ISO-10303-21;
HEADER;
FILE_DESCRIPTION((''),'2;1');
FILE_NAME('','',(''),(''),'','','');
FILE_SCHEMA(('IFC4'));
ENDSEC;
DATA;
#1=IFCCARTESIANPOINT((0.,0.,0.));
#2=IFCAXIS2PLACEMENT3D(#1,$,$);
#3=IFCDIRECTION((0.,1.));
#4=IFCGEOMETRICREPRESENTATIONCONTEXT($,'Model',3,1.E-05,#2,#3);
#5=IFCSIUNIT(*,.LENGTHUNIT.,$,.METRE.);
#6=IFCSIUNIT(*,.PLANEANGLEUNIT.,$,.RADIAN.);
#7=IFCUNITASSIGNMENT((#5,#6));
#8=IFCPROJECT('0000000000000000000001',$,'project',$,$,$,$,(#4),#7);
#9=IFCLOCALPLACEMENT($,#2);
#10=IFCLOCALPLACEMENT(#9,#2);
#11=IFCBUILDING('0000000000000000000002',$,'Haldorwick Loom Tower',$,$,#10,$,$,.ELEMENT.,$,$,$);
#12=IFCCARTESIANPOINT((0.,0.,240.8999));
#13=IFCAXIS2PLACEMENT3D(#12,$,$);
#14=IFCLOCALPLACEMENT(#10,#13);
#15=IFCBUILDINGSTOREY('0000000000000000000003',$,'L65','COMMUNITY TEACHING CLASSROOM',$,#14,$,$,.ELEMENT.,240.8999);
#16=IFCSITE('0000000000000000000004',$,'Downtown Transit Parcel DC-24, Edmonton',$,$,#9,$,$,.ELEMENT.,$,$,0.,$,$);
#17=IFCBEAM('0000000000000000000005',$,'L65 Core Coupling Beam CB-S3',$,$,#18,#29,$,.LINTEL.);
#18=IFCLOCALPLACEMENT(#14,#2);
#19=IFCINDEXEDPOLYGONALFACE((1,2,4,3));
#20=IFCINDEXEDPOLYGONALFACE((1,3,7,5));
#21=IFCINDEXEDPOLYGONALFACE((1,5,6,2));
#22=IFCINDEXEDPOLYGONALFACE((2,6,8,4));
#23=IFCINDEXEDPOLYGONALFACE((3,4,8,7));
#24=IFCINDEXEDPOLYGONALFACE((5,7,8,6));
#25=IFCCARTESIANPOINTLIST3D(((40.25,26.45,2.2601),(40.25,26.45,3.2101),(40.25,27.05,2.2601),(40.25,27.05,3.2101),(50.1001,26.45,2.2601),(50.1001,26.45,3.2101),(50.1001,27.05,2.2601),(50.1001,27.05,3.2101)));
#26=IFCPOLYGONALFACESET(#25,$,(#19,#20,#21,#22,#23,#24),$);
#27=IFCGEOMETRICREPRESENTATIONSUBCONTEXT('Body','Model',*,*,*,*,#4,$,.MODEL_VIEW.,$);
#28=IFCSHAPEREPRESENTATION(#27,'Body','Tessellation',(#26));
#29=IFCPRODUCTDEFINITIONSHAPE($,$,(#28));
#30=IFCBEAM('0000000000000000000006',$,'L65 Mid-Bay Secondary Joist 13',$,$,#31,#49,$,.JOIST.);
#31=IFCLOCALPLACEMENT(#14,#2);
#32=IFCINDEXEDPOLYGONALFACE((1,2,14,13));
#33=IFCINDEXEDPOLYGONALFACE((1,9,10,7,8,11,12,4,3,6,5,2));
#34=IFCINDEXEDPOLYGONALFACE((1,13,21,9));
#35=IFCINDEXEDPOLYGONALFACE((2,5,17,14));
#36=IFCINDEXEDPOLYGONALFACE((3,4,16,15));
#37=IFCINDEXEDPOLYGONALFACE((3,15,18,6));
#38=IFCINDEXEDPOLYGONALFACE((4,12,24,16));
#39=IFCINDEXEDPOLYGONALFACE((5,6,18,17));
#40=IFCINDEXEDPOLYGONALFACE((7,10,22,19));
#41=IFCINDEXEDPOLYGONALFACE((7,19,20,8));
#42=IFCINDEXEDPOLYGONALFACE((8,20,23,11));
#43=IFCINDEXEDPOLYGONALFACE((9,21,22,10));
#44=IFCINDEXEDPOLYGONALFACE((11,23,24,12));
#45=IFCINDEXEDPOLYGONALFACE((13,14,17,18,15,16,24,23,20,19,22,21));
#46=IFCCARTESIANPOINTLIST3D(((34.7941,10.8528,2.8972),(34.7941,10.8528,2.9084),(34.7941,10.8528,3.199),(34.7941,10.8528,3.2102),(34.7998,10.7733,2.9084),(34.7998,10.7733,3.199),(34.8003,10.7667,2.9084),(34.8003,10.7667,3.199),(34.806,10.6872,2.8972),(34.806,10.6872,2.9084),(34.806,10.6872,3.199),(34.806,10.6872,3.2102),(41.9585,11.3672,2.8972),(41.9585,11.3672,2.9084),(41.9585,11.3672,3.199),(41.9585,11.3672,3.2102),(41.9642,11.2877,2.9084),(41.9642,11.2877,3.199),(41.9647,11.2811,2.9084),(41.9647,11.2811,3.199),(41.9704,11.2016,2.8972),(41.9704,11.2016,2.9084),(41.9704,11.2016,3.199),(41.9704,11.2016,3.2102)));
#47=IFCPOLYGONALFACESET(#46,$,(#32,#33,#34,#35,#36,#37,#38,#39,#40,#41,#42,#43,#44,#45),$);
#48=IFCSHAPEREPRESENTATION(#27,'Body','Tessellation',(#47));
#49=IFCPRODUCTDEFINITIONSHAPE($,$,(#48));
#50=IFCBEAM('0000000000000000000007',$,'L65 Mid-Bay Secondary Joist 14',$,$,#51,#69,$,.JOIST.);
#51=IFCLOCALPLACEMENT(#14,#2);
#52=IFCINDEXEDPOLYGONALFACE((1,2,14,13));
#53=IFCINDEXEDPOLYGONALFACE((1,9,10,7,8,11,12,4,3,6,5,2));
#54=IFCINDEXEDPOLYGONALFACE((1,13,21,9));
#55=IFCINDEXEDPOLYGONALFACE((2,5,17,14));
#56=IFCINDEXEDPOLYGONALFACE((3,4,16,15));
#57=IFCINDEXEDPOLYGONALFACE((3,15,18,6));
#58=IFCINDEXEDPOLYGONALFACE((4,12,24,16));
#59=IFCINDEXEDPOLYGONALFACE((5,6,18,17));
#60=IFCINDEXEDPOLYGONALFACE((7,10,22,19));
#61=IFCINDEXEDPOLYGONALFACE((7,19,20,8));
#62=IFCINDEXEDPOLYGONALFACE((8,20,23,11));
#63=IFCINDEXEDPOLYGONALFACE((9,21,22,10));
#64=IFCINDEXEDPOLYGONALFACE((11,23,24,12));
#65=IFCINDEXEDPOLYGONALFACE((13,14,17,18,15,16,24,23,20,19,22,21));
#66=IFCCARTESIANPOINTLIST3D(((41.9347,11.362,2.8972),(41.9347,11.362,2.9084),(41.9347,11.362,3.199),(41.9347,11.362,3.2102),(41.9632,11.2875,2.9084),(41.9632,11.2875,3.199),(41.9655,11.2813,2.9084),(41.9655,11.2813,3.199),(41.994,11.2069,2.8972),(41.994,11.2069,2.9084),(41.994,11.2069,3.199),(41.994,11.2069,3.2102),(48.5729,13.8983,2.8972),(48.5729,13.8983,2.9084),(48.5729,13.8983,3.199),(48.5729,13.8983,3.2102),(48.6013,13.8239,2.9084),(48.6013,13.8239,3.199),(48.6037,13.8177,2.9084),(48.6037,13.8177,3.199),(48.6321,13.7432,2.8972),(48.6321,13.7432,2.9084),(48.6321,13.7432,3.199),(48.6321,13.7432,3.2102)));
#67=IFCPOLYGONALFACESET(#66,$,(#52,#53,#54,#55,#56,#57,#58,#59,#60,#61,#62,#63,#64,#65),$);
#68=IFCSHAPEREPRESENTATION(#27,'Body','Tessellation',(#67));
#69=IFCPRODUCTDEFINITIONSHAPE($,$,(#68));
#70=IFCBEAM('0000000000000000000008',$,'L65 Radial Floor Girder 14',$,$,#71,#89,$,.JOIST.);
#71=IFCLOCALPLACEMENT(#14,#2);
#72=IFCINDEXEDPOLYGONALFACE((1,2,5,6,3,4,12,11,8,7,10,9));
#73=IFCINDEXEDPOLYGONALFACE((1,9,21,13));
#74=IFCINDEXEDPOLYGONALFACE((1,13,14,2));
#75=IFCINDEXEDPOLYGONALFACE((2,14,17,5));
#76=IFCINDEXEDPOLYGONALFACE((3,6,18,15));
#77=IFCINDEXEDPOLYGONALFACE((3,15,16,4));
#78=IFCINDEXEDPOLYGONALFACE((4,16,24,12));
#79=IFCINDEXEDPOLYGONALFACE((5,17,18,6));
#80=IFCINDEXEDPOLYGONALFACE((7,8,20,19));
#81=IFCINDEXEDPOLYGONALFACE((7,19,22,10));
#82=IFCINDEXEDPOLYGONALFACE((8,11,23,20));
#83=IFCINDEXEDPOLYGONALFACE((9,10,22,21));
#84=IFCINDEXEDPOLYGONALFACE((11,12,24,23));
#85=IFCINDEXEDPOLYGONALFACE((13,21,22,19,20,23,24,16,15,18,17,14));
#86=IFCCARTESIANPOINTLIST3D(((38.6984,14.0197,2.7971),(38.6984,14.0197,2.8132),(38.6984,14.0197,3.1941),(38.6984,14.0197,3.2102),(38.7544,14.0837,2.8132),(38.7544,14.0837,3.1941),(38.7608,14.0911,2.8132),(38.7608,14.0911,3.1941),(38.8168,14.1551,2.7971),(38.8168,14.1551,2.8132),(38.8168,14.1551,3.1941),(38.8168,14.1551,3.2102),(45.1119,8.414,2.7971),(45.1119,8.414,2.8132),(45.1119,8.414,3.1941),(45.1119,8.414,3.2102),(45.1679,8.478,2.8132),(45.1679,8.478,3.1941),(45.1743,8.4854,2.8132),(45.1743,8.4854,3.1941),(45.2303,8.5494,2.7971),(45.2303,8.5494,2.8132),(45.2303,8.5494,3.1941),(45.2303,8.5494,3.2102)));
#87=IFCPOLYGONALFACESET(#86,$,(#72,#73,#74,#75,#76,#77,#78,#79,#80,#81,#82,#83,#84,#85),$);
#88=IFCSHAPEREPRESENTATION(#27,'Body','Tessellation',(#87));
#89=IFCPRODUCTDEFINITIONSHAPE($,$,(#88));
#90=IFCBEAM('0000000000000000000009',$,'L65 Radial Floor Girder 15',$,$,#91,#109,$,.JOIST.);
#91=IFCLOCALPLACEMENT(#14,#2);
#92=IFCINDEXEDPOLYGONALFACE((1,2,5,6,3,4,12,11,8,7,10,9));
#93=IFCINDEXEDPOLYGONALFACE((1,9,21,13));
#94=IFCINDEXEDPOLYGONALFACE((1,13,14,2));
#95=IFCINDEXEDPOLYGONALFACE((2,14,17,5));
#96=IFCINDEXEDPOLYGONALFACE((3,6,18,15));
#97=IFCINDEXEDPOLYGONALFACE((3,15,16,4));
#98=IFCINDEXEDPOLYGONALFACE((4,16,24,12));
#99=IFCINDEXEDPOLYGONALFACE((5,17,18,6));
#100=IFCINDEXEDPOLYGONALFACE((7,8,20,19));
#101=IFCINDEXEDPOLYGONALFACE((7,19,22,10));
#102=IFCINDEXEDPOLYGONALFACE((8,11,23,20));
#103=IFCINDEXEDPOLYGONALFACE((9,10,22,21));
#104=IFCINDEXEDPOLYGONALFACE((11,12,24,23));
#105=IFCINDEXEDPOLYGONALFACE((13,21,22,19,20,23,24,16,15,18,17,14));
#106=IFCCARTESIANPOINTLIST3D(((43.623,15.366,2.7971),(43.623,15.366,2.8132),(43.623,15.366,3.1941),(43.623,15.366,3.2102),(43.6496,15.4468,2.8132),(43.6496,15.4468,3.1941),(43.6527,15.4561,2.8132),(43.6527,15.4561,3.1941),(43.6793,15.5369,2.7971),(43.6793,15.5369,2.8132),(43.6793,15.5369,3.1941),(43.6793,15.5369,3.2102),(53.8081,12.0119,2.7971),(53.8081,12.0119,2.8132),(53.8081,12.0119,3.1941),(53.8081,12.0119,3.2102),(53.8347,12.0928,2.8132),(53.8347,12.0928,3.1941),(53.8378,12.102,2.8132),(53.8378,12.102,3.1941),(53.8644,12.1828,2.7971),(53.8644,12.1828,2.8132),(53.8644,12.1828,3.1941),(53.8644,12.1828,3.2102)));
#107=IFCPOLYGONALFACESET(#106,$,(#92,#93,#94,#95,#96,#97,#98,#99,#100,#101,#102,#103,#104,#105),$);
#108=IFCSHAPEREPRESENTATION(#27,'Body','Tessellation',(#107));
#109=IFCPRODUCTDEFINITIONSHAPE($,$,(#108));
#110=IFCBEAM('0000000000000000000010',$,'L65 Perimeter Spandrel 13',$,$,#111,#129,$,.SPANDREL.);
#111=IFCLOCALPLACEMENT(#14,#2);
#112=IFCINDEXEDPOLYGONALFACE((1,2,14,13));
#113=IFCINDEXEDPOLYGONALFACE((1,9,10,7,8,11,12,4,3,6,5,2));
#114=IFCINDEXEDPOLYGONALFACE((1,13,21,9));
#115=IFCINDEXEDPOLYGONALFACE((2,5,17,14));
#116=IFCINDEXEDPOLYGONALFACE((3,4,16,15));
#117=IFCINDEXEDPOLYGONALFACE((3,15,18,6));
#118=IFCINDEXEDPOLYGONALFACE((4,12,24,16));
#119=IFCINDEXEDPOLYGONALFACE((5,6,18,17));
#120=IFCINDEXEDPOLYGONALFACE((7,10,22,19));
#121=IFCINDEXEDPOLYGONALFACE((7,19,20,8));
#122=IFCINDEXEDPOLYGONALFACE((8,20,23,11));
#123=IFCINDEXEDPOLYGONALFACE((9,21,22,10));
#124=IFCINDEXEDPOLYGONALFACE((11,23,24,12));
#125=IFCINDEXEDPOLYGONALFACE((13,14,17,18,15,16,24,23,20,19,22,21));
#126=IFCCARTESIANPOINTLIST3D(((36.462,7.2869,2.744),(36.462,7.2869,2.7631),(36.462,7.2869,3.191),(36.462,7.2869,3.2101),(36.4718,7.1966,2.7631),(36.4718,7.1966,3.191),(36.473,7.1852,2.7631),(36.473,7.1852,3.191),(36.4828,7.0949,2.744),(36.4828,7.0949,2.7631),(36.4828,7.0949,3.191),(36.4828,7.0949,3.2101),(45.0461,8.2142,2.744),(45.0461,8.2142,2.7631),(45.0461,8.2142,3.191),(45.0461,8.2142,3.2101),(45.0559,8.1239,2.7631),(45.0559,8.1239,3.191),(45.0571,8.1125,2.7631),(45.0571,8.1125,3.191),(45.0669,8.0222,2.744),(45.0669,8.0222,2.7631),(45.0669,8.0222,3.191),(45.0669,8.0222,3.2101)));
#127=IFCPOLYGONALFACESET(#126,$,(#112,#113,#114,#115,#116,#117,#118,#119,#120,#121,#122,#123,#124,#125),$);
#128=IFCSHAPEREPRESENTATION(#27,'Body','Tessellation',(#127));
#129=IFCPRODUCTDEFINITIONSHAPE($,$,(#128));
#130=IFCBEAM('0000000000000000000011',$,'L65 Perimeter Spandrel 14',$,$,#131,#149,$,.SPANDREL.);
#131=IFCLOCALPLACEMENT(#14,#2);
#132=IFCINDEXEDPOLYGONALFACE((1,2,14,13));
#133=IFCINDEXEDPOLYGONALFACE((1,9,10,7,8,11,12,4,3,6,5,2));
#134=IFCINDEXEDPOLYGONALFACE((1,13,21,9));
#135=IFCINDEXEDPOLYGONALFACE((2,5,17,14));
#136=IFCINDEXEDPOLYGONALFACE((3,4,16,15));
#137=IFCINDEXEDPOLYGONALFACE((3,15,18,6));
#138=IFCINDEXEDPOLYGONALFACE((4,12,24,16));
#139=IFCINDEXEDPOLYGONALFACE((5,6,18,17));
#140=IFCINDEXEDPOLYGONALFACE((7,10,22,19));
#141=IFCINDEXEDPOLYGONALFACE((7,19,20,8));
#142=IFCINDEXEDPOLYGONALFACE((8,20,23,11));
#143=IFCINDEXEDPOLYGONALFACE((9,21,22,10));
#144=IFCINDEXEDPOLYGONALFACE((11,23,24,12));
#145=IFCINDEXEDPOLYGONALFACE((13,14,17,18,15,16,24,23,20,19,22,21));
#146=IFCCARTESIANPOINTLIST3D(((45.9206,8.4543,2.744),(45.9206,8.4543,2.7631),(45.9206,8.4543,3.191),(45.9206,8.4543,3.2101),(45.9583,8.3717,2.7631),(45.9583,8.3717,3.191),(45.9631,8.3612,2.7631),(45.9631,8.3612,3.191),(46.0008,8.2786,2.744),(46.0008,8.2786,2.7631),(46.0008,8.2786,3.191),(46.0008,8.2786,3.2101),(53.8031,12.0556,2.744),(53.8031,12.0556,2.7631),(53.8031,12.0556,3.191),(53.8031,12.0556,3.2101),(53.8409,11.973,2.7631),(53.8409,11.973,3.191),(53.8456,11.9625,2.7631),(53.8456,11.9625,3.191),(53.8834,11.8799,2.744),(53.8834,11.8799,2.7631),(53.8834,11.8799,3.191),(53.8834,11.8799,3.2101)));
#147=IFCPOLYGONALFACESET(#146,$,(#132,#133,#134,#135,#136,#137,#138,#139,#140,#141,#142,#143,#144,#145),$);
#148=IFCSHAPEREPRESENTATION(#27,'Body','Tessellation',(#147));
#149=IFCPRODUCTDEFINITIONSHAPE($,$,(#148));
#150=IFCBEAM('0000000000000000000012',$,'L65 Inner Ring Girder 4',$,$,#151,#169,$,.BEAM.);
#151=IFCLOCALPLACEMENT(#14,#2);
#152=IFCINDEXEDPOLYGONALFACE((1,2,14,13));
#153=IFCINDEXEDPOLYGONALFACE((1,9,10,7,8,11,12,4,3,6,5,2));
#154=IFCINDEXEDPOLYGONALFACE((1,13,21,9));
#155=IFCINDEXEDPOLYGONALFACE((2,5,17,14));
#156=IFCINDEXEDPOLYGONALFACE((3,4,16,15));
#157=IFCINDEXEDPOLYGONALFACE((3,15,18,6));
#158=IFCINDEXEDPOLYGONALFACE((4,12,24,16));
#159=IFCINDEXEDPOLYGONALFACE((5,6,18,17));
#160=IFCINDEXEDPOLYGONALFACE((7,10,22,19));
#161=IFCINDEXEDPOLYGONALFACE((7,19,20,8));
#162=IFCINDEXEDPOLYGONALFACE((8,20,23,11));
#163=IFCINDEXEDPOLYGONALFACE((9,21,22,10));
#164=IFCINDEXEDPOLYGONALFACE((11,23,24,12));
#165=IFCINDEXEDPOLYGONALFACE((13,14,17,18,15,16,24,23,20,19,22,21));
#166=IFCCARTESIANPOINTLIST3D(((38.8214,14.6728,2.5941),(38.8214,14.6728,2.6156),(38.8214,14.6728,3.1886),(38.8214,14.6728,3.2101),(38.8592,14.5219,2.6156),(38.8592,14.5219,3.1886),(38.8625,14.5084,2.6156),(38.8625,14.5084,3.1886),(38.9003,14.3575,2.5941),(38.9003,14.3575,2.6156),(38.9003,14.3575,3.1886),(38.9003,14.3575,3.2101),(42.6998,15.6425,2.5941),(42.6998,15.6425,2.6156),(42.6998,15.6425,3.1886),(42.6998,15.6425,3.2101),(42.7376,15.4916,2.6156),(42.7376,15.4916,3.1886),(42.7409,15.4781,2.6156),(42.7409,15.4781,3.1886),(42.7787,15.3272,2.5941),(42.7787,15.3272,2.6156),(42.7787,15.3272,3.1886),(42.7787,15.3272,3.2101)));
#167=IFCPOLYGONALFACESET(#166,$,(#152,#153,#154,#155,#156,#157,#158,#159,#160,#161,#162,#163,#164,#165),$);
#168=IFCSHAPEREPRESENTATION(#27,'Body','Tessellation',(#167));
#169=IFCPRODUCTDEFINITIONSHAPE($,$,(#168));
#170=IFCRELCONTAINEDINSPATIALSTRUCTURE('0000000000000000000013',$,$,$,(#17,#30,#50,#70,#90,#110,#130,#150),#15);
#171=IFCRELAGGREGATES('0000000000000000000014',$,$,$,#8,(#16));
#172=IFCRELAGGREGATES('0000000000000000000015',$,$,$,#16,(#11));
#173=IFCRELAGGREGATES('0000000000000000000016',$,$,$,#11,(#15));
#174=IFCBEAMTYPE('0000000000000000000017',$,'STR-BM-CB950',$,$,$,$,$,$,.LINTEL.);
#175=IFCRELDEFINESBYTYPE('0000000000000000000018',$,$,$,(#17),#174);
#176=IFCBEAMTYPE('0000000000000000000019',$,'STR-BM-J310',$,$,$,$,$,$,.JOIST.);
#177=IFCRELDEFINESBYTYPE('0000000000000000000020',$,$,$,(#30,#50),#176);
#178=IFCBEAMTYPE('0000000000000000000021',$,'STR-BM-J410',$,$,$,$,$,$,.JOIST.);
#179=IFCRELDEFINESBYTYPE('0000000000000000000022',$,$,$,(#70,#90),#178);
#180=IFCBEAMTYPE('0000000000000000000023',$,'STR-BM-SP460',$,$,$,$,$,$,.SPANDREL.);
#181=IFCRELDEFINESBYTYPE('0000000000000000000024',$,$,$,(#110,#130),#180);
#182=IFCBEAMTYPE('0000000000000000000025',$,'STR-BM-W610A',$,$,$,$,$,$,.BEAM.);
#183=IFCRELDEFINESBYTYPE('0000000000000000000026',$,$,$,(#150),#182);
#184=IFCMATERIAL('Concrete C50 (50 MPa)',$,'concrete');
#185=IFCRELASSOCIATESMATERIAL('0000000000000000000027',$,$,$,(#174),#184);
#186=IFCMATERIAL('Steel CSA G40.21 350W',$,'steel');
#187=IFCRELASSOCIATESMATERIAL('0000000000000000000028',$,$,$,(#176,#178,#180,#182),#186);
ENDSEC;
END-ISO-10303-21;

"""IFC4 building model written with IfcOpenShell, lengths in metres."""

from ifc_helpers import new_model, si_unit, direction, frame, origin, origin_2d, place, context, subcontext, project, spatial, rectangle, i_section, extrude, material, material_profile, profile_set, type_object, element, save


model = new_model("IFC4")

# Units and contexts
model_context = context("Model", 3, precision=1e-05, world=origin(), true_north=direction((0.0, 1.0)))
body_context = subcontext(model_context, "Body", "Model", "MODEL_VIEW")
ifc_project = project(units=[si_unit("LENGTHUNIT", "METRE"), si_unit("PLANEANGLEUNIT", "RADIAN")], contexts=[model_context])

# Site, building, storey
site_placement = place(None, origin())
site = spatial("IfcSite", under=ifc_project, at=site_placement, Name="Downtown Transit Parcel DC-24, Edmonton", CompositionType="ELEMENT", RefElevation=0.0)
building_placement = place(site_placement, origin())
building = spatial("IfcBuilding", under=site, at=building_placement, Name="Haldorwick Loom Tower", CompositionType="ELEMENT")
storey_placement = place(building_placement, frame((0.0, 0.0, 240.8999)))
storey = spatial("IfcBuildingStorey", under=building, at=storey_placement, Name="L65", Description="COMMUNITY TEACHING CLASSROOM", CompositionType="ELEMENT", Elevation=240.8999)

# Shared definitions
ifc_material_1 = material(Name="Steel CSA G40.21 350W", Category="steel")

# Beams
ifc_material_2 = material(Name="Concrete C50 (50 MPa)", Category="concrete")
ifc_material_profile_1 = material_profile(ifc_material_2, rectangle(XDim=0.6001, YDim=0.95, at=origin_2d()), Name="RC600X950", Category="concrete")
ifc_profile_set_1 = profile_set([ifc_material_profile_1], Name="Concrete C50 (50 MPa)")
beam_type_1 = type_object("IfcBeamType", Name="STR-BM-CB950", PredefinedType="LINTEL", material=ifc_profile_set_1)
beam_1_placement = place(storey_placement, frame((40.25, 26.75, 2.7351), z_axis=(1.0, 0.0, 0.0), x_axis=(0.0, 1.0, 0.0)))
element("IfcBeam", 1, at=beam_1_placement, inside=storey, type_object=beam_type_1, Name="L65 Core Coupling Beam CB-S3", PredefinedType="LINTEL", context=body_context, shape_type="SweptSolid", body=[
    extrude(rectangle(XDim=0.6001, YDim=0.95, at=origin_2d()), origin(), (0.0, 0.0, 1.0), 9.8501),
])
ifc_material_profile_2 = material_profile(ifc_material_1, i_section(OverallWidth=0.166, OverallDepth=0.313, WebThickness=0.0066, FlangeThickness=0.0112, at=origin_2d()), Name="W310X45", Category="steel")
ifc_profile_set_2 = profile_set([ifc_material_profile_2], Name="Steel CSA G40.21 350W")
beam_type_2 = type_object("IfcBeamType", Name="STR-BM-J310", PredefinedType="JOIST", material=ifc_profile_set_2)
beam_2_placement = place(storey_placement, frame((34.8, 10.77, 3.0537), z_axis=(0.997432, 0.071617, 0.0), x_axis=(-0.071617, 0.997432, 0.0)))
element("IfcBeam", 2, at=beam_2_placement, inside=storey, type_object=beam_type_2, Name="L65 Mid-Bay Secondary Joist 13", PredefinedType="JOIST", context=body_context, shape_type="SweptSolid", body=[
    extrude(i_section(OverallWidth=0.166, OverallDepth=0.313, WebThickness=0.0066, FlangeThickness=0.0112, at=origin_2d()), origin(), (0.0, 0.0, 1.0), 7.1829),
])
beam_3_placement = place(storey_placement, frame((41.9644, 11.2844, 3.0537), z_axis=(0.934134, 0.356922, 0.0), x_axis=(-0.356922, 0.934134, 0.0)))
element("IfcBeam", 3, at=beam_3_placement, inside=storey, type_object=beam_type_2, Name="L65 Mid-Bay Secondary Joist 14", PredefinedType="JOIST", context=body_context, shape_type="SweptSolid", body=[
    extrude(i_section(OverallWidth=0.166, OverallDepth=0.313, WebThickness=0.0066, FlangeThickness=0.0112, at=origin_2d()), origin(), (0.0, 0.0, 1.0), 7.1062),
])
ifc_material_profile_3 = material_profile(ifc_material_1, i_section(OverallWidth=0.1799, OverallDepth=0.4131, WebThickness=0.0098, FlangeThickness=0.0161, at=origin_2d()), Name="W410X74", Category="steel")
ifc_profile_set_3 = profile_set([ifc_material_profile_3], Name="Steel CSA G40.21 350W")
beam_type_3 = type_object("IfcBeamType", Name="STR-BM-J410", PredefinedType="JOIST", material=ifc_profile_set_3)
beam_4_placement = place(storey_placement, frame((38.7576, 14.0874, 3.0037), z_axis=(0.752935, -0.658095, 0.0), x_axis=(0.658095, 0.752935, 0.0)))
element("IfcBeam", 4, at=beam_4_placement, inside=storey, type_object=beam_type_3, Name="L65 Radial Floor Girder 14", PredefinedType="JOIST", context=body_context, shape_type="SweptSolid", body=[
    extrude(i_section(OverallWidth=0.1799, OverallDepth=0.4131, WebThickness=0.0098, FlangeThickness=0.0161, at=origin_2d()), origin(), (0.0, 0.0, 1.0), 8.5181),
])
beam_5_placement = place(storey_placement, frame((43.6511, 15.4514, 3.0037), z_axis=(0.949825, -0.312783, 0.0), x_axis=(0.312783, 0.949825, 0.0)))
element("IfcBeam", 5, at=beam_5_placement, inside=storey, type_object=beam_type_3, Name="L65 Radial Floor Girder 15", PredefinedType="JOIST", context=body_context, shape_type="SweptSolid", body=[
    extrude(i_section(OverallWidth=0.1799, OverallDepth=0.4131, WebThickness=0.0098, FlangeThickness=0.0161, at=origin_2d()), origin(), (0.0, 0.0, 1.0), 10.7231),
])
ifc_material_profile_4 = material_profile(ifc_material_1, i_section(OverallWidth=0.1931, OverallDepth=0.4661, WebThickness=0.0115, FlangeThickness=0.019, at=origin_2d()), Name="W460X97", Category="steel")
ifc_profile_set_4 = profile_set([ifc_material_profile_4], Name="Steel CSA G40.21 350W")
beam_type_4 = type_object("IfcBeamType", Name="STR-BM-SP460", PredefinedType="SPANDREL", material=ifc_profile_set_4)
beam_6_placement = place(storey_placement, frame((36.4724, 7.1909, 2.9771), z_axis=(0.994216, 0.107396, 0.0), x_axis=(-0.107396, 0.994216, 0.0)))
element("IfcBeam", 6, at=beam_6_placement, inside=storey, type_object=beam_type_4, Name="L65 Perimeter Spandrel 13", PredefinedType="SPANDREL", context=body_context, shape_type="SweptSolid", body=[
    extrude(i_section(OverallWidth=0.1931, OverallDepth=0.4661, WebThickness=0.0115, FlangeThickness=0.019, at=origin_2d()), origin(), (0.0, 0.0, 1.0), 8.634),
])
beam_7_placement = place(storey_placement, frame((45.9607, 8.3665, 2.9771), z_axis=(0.909568, 0.415555, 0.0), x_axis=(-0.415555, 0.909568, 0.0)))
element("IfcBeam", 7, at=beam_7_placement, inside=storey, type_object=beam_type_4, Name="L65 Perimeter Spandrel 14", PredefinedType="SPANDREL", context=body_context, shape_type="SweptSolid", body=[
    extrude(i_section(OverallWidth=0.1931, OverallDepth=0.4661, WebThickness=0.0115, FlangeThickness=0.019, at=origin_2d()), origin(), (0.0, 0.0, 1.0), 8.6663),
])
ifc_material_profile_5 = material_profile(ifc_material_1, i_section(OverallWidth=0.325, OverallDepth=0.616, WebThickness=0.0139, FlangeThickness=0.0215, at=origin_2d()), Name="W610X174", Category="steel")
ifc_profile_set_5 = profile_set([ifc_material_profile_5], Name="Steel CSA G40.21 350W")
beam_type_5 = type_object("IfcBeamType", Name="STR-BM-W610A", PredefinedType="BEAM", material=ifc_profile_set_5)
beam_8_placement = place(storey_placement, frame((42.7393, 15.4849, 2.9021), z_axis=(-0.970135, -0.242564, 0.0), x_axis=(0.242564, -0.970135, 0.0)))
element("IfcBeam", 8, at=beam_8_placement, inside=storey, type_object=beam_type_5, Name="L65 Inner Ring Girder 4", PredefinedType="BEAM", context=body_context, shape_type="SweptSolid", body=[
    extrude(i_section(OverallWidth=0.325, OverallDepth=0.616, WebThickness=0.0139, FlangeThickness=0.0215, at=origin_2d()), origin(), (0.0, 0.0, 1.0), 3.9978),
])

save(model, "model.ifc")
